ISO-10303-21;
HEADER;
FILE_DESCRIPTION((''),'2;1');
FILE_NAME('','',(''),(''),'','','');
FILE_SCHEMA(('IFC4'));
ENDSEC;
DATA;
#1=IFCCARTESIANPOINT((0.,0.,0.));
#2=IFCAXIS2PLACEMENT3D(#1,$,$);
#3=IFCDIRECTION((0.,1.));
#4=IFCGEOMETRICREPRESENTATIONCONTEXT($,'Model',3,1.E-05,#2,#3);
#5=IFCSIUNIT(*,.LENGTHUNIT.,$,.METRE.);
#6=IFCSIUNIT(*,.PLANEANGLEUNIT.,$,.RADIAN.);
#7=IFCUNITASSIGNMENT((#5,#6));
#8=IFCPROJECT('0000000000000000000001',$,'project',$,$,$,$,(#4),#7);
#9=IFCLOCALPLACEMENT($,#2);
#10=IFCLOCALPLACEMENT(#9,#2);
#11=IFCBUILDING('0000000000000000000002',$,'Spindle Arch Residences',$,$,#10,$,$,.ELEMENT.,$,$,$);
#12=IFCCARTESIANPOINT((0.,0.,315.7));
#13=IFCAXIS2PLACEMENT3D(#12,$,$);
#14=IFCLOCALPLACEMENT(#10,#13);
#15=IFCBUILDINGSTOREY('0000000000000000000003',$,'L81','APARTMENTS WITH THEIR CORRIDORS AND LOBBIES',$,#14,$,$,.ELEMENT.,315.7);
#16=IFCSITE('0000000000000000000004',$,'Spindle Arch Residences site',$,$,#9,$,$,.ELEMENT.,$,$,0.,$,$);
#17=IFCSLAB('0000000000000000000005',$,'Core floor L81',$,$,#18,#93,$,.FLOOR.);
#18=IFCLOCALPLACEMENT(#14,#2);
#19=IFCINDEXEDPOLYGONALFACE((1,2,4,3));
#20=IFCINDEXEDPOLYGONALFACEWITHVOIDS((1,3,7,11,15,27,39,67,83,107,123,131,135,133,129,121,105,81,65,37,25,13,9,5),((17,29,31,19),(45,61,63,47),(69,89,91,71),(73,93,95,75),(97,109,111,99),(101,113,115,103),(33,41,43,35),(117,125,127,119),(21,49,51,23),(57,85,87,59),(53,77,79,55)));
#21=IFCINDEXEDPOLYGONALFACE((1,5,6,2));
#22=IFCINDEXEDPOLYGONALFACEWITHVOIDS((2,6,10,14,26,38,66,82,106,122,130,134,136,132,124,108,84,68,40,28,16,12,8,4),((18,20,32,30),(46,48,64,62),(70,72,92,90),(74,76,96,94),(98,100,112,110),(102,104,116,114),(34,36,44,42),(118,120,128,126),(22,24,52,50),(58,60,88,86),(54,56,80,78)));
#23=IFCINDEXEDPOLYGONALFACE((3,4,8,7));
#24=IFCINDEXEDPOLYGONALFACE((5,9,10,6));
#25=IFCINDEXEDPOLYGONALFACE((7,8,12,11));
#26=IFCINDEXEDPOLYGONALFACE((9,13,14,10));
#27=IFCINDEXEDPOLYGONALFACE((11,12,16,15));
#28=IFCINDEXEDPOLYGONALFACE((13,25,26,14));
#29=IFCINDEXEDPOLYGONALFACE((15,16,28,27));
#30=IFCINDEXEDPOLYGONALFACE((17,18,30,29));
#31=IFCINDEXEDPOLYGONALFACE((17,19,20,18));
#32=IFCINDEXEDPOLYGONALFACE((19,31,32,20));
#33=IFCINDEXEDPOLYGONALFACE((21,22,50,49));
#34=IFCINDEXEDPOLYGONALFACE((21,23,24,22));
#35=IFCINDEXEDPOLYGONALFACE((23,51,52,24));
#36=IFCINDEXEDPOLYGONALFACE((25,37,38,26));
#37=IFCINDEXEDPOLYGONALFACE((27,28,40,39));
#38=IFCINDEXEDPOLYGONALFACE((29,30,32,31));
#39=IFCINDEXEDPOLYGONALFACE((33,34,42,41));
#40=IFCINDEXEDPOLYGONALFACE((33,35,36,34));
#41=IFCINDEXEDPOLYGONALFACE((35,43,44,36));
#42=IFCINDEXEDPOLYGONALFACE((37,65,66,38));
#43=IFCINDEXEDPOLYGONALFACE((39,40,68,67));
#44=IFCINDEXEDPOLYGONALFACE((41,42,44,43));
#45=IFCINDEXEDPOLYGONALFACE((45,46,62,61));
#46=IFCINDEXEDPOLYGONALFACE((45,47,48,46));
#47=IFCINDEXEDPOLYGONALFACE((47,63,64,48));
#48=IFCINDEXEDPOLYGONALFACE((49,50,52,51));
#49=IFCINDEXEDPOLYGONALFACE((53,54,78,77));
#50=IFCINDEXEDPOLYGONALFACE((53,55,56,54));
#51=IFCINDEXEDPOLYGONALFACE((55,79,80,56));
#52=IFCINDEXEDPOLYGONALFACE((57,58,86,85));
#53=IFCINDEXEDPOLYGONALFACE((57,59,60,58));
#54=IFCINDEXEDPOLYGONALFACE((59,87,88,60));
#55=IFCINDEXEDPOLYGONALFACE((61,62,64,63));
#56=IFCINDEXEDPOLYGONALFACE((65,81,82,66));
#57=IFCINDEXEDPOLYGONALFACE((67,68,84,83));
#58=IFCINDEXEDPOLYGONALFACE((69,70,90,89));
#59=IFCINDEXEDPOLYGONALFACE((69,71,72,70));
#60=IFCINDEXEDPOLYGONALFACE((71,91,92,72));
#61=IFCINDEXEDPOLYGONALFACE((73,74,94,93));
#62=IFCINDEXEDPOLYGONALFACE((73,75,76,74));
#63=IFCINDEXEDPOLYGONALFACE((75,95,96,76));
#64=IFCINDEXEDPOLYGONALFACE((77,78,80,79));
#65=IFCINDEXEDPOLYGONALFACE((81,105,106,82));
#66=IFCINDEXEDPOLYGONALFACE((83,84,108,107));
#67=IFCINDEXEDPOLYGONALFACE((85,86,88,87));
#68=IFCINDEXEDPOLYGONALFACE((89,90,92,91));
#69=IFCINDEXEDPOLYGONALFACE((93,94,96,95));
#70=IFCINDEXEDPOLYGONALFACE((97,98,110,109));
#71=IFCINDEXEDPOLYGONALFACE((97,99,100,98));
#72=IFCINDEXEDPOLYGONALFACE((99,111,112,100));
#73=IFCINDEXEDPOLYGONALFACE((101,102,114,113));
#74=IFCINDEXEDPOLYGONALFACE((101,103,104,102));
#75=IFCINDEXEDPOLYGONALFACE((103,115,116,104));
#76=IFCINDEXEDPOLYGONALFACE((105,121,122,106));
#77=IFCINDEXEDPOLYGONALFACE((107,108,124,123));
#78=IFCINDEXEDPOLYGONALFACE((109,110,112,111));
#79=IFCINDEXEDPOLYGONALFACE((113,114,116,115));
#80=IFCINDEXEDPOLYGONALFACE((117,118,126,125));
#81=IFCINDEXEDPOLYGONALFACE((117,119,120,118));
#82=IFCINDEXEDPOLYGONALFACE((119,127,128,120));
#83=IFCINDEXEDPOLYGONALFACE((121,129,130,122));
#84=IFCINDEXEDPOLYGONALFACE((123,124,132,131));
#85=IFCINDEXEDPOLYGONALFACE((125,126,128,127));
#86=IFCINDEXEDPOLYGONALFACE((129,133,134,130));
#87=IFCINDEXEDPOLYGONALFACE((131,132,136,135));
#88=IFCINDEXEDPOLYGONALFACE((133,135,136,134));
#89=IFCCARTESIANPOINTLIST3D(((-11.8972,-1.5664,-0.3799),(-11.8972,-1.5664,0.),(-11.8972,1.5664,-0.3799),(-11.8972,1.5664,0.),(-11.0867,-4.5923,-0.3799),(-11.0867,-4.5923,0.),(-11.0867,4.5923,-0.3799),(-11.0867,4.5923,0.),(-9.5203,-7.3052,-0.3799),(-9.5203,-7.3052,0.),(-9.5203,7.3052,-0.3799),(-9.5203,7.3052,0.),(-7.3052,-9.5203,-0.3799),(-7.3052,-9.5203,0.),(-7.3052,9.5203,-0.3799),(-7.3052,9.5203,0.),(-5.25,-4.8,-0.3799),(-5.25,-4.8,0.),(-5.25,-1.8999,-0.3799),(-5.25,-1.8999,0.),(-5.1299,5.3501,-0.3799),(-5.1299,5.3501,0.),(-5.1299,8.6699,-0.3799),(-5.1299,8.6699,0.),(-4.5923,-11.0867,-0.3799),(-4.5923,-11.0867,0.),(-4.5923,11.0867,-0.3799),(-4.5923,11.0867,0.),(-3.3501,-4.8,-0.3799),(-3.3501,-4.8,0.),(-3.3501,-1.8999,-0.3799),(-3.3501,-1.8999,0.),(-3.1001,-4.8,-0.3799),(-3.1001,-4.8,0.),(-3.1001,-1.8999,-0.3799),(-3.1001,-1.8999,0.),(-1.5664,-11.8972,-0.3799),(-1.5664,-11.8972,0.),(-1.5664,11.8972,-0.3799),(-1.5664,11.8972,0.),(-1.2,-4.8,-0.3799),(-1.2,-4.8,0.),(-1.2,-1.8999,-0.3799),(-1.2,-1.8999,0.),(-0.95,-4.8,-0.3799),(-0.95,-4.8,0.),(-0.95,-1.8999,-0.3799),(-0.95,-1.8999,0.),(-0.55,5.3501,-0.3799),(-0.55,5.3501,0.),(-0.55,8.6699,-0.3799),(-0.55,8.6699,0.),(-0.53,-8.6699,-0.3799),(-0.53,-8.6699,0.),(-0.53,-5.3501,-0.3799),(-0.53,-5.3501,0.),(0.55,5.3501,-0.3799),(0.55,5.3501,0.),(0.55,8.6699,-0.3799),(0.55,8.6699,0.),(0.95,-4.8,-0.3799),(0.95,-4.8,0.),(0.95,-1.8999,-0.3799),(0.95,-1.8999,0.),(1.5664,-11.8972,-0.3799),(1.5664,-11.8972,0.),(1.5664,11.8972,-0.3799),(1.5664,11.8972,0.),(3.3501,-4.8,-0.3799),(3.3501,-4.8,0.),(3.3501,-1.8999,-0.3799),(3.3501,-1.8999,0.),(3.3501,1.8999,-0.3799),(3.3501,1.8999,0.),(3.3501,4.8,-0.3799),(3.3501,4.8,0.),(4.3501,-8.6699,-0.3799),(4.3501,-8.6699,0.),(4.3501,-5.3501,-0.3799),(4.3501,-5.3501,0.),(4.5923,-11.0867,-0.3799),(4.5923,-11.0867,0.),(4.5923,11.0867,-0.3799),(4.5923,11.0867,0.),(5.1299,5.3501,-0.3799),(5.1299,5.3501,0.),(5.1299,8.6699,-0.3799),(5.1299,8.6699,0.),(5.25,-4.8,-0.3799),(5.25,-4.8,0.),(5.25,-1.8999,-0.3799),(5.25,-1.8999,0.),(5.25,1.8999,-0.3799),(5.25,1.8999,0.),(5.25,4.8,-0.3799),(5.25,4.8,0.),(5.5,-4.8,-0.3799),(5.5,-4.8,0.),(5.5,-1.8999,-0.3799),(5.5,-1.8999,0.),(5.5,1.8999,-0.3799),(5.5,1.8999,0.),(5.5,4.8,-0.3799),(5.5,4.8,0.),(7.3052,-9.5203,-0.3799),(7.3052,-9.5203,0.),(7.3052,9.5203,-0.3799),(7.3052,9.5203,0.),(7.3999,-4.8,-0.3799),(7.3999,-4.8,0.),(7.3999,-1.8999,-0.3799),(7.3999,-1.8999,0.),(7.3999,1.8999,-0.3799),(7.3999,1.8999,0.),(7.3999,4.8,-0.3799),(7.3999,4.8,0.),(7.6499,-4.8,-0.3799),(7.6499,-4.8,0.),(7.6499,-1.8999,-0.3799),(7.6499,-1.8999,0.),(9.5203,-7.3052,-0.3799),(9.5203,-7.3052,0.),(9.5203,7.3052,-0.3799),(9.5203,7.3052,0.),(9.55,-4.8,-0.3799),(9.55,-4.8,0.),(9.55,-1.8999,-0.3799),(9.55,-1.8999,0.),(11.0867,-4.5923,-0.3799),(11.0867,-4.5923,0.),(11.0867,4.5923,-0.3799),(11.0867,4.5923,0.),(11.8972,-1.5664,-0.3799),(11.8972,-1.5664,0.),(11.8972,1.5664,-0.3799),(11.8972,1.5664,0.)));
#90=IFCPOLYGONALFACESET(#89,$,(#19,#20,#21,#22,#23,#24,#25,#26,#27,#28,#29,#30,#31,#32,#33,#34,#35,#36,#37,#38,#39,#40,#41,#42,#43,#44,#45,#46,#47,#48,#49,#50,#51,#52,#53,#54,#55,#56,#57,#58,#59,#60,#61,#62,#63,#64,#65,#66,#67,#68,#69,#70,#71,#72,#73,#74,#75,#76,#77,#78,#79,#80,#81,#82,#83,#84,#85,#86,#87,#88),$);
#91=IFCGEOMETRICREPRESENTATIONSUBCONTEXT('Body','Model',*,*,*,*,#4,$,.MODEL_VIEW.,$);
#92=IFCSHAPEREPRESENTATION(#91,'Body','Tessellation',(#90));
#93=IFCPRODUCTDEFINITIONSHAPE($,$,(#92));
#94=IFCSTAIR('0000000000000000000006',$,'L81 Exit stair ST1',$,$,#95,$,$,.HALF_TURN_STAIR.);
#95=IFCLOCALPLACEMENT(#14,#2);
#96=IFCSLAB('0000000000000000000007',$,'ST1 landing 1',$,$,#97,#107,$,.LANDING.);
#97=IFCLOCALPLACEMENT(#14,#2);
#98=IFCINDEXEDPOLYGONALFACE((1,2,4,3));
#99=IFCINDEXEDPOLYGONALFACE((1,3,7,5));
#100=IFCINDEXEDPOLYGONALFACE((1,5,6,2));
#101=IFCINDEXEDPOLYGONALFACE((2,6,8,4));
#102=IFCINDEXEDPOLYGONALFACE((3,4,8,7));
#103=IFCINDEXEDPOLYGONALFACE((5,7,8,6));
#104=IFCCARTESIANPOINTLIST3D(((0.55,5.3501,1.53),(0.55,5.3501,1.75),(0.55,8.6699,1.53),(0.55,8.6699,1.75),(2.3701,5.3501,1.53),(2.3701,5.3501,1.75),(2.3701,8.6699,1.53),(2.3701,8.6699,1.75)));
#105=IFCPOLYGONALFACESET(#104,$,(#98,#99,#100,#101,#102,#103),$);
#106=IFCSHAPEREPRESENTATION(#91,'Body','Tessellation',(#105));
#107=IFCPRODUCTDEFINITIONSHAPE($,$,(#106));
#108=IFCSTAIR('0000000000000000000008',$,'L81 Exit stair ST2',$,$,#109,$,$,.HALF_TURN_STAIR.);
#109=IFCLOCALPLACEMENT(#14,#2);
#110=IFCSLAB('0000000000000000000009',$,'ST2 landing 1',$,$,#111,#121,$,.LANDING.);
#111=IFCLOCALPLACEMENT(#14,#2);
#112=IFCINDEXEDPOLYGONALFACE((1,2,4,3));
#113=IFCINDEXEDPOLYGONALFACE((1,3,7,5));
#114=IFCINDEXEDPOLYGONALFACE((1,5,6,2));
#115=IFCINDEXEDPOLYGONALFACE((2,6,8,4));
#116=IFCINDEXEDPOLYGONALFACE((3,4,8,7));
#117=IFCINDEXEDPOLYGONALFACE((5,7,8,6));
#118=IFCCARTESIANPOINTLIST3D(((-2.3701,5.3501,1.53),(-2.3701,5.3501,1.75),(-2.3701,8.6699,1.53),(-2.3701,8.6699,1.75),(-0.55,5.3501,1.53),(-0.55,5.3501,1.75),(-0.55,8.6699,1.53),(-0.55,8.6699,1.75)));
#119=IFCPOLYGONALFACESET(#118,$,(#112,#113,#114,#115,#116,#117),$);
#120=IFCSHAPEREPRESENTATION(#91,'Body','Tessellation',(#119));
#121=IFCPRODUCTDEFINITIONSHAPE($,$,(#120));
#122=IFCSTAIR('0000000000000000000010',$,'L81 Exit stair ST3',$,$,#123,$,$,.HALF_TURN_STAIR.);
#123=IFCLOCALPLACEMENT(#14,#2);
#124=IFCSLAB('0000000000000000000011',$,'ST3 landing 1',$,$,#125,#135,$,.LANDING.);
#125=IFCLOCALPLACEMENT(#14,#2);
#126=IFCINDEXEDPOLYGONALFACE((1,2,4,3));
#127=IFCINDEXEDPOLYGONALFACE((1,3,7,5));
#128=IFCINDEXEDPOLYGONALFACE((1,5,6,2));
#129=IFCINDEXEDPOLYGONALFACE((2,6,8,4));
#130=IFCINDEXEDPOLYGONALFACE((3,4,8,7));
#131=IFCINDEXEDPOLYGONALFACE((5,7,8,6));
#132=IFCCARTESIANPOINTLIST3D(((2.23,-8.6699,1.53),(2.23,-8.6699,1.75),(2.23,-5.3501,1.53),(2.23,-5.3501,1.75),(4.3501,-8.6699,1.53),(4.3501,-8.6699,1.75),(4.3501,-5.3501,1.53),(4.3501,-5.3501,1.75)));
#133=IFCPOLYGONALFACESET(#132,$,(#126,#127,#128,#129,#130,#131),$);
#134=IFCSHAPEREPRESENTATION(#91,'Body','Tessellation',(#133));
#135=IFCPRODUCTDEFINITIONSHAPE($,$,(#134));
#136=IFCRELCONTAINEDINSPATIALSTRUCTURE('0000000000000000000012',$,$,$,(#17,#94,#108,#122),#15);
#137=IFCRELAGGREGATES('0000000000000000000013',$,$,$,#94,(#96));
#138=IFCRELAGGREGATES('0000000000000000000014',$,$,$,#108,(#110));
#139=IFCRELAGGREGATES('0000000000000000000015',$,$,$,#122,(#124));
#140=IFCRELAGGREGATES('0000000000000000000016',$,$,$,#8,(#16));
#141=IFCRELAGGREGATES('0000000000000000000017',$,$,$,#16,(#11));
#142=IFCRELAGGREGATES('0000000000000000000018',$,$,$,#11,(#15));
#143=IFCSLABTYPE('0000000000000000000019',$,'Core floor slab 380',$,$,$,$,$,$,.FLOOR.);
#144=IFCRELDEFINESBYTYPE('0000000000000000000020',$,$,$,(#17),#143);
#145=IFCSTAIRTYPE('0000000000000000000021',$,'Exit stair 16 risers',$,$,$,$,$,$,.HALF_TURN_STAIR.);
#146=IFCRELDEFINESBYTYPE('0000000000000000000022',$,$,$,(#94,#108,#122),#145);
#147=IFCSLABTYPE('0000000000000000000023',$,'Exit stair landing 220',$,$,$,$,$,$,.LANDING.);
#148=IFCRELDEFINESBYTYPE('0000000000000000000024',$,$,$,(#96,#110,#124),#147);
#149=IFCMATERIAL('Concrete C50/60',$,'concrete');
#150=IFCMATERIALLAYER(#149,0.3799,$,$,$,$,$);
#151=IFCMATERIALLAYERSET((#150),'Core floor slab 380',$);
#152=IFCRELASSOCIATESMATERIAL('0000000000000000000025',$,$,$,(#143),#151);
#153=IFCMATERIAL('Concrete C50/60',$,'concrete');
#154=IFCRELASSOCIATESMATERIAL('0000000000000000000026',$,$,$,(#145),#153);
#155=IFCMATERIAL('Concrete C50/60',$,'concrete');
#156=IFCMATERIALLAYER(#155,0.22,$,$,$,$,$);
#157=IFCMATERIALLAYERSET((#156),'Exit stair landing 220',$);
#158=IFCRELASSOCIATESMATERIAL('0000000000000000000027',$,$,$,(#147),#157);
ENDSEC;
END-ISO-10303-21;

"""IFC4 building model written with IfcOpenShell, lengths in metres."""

from ifc_helpers import new_model, si_unit, direction, frame, origin, place, context, subcontext, project, spatial, polyline, outline, extrude, material, layer, layer_set, type_object, element, aggregate, save


model = new_model("IFC4")

# Units and contexts
model_context = context("Model", 3, precision=1e-05, world=origin(), true_north=direction((0.0, 1.0)))
body_context = subcontext(model_context, "Body", "Model", "MODEL_VIEW")
ifc_project = project(units=[si_unit("LENGTHUNIT", "METRE"), si_unit("PLANEANGLEUNIT", "RADIAN")], contexts=[model_context])

# Site, building, storey
site_placement = place(None, origin())
site = spatial("IfcSite", under=ifc_project, at=site_placement, Name="Spindle Arch Residences site", CompositionType="ELEMENT", RefElevation=0.0)
building_placement = place(site_placement, origin())
building = spatial("IfcBuilding", under=site, at=building_placement, Name="Spindle Arch Residences", CompositionType="ELEMENT")
storey_placement = place(building_placement, frame((0.0, 0.0, 315.7)))
storey = spatial("IfcBuildingStorey", under=building, at=storey_placement, Name="L81", Description="APARTMENTS WITH THEIR CORRIDORS AND LOBBIES", CompositionType="ELEMENT", Elevation=315.7)

# Slab
ifc_material_1 = material(Name="Concrete C50/60", Category="concrete")
ifc_layer_1 = layer(ifc_material_1, 0.3799)
ifc_layer_set_1 = layer_set([ifc_layer_1], Name="Core floor slab 380")
slab_type_1 = type_object("IfcSlabType", Name="Core floor slab 380", PredefinedType="FLOOR", material=ifc_layer_set_1)
slab_1_placement = place(storey_placement, frame((0.0, 0.0, -0.3799)))
element("IfcSlab", 1, at=slab_1_placement, inside=storey, type_object=slab_type_1, Name="Core floor L81", PredefinedType="FLOOR", context=body_context, shape_type="SweptSolid", body=[
    extrude(outline(polyline([(1.5664, -11.8972), (4.5923, -11.0867), (7.3052, -9.5203), (9.5203, -7.3052), (11.0867, -4.5923), (11.8972, -1.5664), (11.8972, 1.5664), (11.0867, 4.5923), (9.5203, 7.3052), (7.3052, 9.5203), (4.5923, 11.0867), (1.5664, 11.8972), (-1.5664, 11.8972), (-4.5923, 11.0867), (-7.3052, 9.5203), (-9.5203, 7.3052), (-11.0867, 4.5923), (-11.8972, 1.5664), (-11.8972, -1.5664), (-11.0867, -4.5923), (-9.5203, -7.3052), (-7.3052, -9.5203), (-4.5923, -11.0867), (-1.5664, -11.8972), (1.5664, -11.8972)]), holes=[polyline([(3.3501, 1.8999), (5.25, 1.8999), (5.25, 4.8), (3.3501, 4.8), (3.3501, 1.8999)]), polyline([(5.5, 1.8999), (7.3999, 1.8999), (7.3999, 4.8), (5.5, 4.8), (5.5, 1.8999)]), polyline([(-5.25, -4.8), (-3.3501, -4.8), (-3.3501, -1.8999), (-5.25, -1.8999), (-5.25, -4.8)]), polyline([(-3.1001, -4.8), (-1.2, -4.8), (-1.2, -1.8999), (-3.1001, -1.8999), (-3.1001, -4.8)]), polyline([(-0.95, -4.8), (0.95, -4.8), (0.95, -1.8999), (-0.95, -1.8999), (-0.95, -4.8)]), polyline([(3.3501, -4.8), (5.25, -4.8), (5.25, -1.8999), (3.3501, -1.8999), (3.3501, -4.8)]), polyline([(5.5, -4.8), (7.3999, -4.8), (7.3999, -1.8999), (5.5, -1.8999), (5.5, -4.8)]), polyline([(7.6499, -4.8), (9.55, -4.8), (9.55, -1.8999), (7.6499, -1.8999), (7.6499, -4.8)]), polyline([(5.1299, 8.6699), (0.55, 8.6699), (0.55, 5.3501), (5.1299, 5.3501), (5.1299, 8.6699)]), polyline([(-5.1299, 5.3501), (-0.55, 5.3501), (-0.55, 8.6699), (-5.1299, 8.6699), (-5.1299, 5.3501)]), polyline([(-0.53, -8.6699), (4.3501, -8.6699), (4.3501, -5.3501), (-0.53, -5.3501), (-0.53, -8.6699)])]), origin(), (0.0, 0.0, 1.0), 0.3799),
])

# Stairs, slabs
ifc_material_2 = material(Name="Concrete C50/60", Category="concrete")
stair_type = type_object("IfcStairType", Name="Exit stair 16 risers", PredefinedType="HALF_TURN_STAIR", material=ifc_material_2)
stair_1_placement = place(storey_placement, origin())
stair_1 = element("IfcStair", 2, at=stair_1_placement, inside=storey, type_object=stair_type, Name="L81 Exit stair ST1", PredefinedType="HALF_TURN_STAIR")
ifc_material_3 = material(Name="Concrete C50/60", Category="concrete")
ifc_layer_2 = layer(ifc_material_3, 0.22)
ifc_layer_set_2 = layer_set([ifc_layer_2], Name="Exit stair landing 220")
slab_type_2 = type_object("IfcSlabType", Name="Exit stair landing 220", PredefinedType="LANDING", material=ifc_layer_set_2)
slab_2_placement = place(storey_placement, frame((0.0, 0.0, 1.53)))
slab_2 = element("IfcSlab", 3, at=slab_2_placement, type_object=slab_type_2, Name="ST1 landing 1", PredefinedType="LANDING", context=body_context, shape_type="SweptSolid", body=[
    extrude(outline(polyline([(2.3701, 8.6699), (0.55, 8.6699), (0.55, 5.3501), (2.3701, 5.3501), (2.3701, 8.6699)])), origin(), (0.0, 0.0, 1.0), 0.22),
])
aggregate(stair_1, [slab_2])
stair_2_placement = place(storey_placement, origin())
stair_2 = element("IfcStair", 4, at=stair_2_placement, inside=storey, type_object=stair_type, Name="L81 Exit stair ST2", PredefinedType="HALF_TURN_STAIR")
slab_3_placement = place(storey_placement, frame((0.0, 0.0, 1.53)))
slab_3 = element("IfcSlab", 5, at=slab_3_placement, type_object=slab_type_2, Name="ST2 landing 1", PredefinedType="LANDING", context=body_context, shape_type="SweptSolid", body=[
    extrude(outline(polyline([(-2.3701, 5.3501), (-0.55, 5.3501), (-0.55, 8.6699), (-2.3701, 8.6699), (-2.3701, 5.3501)])), origin(), (0.0, 0.0, 1.0), 0.22),
])
aggregate(stair_2, [slab_3])
stair_3_placement = place(storey_placement, origin())
stair_3 = element("IfcStair", 6, at=stair_3_placement, inside=storey, type_object=stair_type, Name="L81 Exit stair ST3", PredefinedType="HALF_TURN_STAIR")
slab_4_placement = place(storey_placement, frame((0.0, 0.0, 1.53)))
slab_4 = element("IfcSlab", 7, at=slab_4_placement, type_object=slab_type_2, Name="ST3 landing 1", PredefinedType="LANDING", context=body_context, shape_type="SweptSolid", body=[
    extrude(outline(polyline([(2.23, -8.6699), (4.3501, -8.6699), (4.3501, -5.3501), (2.23, -5.3501), (2.23, -8.6699)])), origin(), (0.0, 0.0, 1.0), 0.22),
])

aggregate(stair_3, [slab_4])

save(model, "model.ifc")
